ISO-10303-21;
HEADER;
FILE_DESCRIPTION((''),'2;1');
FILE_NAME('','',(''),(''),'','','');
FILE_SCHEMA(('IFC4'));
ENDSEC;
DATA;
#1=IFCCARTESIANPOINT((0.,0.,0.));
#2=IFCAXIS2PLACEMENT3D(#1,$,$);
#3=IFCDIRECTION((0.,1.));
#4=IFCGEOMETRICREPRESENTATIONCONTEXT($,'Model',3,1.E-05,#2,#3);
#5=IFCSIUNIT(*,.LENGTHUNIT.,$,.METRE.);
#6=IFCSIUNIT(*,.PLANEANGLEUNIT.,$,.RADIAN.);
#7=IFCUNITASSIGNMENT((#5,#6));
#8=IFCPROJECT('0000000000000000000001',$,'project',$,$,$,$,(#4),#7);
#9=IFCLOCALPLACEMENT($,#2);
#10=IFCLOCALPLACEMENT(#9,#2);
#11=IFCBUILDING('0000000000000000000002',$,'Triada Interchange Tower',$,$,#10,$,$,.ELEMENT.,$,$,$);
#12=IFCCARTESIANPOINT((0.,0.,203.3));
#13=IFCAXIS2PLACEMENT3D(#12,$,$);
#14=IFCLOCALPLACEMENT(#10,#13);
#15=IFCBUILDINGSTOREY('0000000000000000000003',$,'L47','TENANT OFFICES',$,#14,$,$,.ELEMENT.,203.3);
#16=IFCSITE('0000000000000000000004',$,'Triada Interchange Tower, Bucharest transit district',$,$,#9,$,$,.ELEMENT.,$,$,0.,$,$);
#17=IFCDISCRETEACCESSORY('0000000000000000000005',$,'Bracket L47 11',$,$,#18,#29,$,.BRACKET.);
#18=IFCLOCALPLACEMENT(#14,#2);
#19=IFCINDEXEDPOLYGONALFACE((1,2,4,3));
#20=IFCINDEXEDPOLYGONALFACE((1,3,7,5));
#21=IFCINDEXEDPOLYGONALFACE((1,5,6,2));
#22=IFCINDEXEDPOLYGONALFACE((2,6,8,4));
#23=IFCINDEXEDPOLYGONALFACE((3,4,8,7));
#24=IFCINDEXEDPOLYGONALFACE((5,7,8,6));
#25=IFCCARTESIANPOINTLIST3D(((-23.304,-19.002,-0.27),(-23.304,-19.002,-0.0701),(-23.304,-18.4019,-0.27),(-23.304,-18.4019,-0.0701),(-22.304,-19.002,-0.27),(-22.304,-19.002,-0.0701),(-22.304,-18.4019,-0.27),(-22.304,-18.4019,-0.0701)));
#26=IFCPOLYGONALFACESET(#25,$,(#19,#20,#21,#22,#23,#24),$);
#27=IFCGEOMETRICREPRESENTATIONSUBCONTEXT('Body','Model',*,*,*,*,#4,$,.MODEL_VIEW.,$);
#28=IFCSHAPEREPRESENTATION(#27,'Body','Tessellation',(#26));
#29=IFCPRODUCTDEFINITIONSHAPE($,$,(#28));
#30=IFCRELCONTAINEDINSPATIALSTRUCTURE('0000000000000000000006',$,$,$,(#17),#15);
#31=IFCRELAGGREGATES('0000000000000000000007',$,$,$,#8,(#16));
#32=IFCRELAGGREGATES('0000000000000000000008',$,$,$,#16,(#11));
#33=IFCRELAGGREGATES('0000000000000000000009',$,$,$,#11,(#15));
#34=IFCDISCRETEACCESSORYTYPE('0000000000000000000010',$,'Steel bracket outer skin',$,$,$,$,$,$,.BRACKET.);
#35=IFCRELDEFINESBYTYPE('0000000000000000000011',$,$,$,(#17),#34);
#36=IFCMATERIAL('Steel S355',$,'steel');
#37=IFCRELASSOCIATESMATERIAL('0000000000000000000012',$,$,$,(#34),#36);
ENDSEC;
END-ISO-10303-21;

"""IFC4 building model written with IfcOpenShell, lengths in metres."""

from ifc_helpers import new_model, si_unit, direction, frame, origin, origin_2d, place, context, subcontext, project, spatial, rectangle, extrude, material, type_object, element, save


model = new_model("IFC4")

# Units and contexts
model_context = context("Model", 3, precision=1e-05, world=origin(), true_north=direction((0.0, 1.0)))
body_context = subcontext(model_context, "Body", "Model", "MODEL_VIEW")
ifc_project = project(units=[si_unit("LENGTHUNIT", "METRE"), si_unit("PLANEANGLEUNIT", "RADIAN")], contexts=[model_context])

# Site, building, storey
site_placement = place(None, origin())
site = spatial("IfcSite", under=ifc_project, at=site_placement, Name="Triada Interchange Tower, Bucharest transit district", CompositionType="ELEMENT", RefElevation=0.0)
building_placement = place(site_placement, origin())
building = spatial("IfcBuilding", under=site, at=building_placement, Name="Triada Interchange Tower", CompositionType="ELEMENT")
storey_placement = place(building_placement, frame((0.0, 0.0, 203.3)))
storey = spatial("IfcBuildingStorey", under=building, at=storey_placement, Name="L47", Description="TENANT OFFICES", CompositionType="ELEMENT", Elevation=203.3)

# Discrete accessory
ifc_material_1 = material(Name="Steel S355", Category="steel")
discrete_accessory_type = type_object("IfcDiscreteAccessoryType", Name="Steel bracket outer skin", PredefinedType="BRACKET", material=ifc_material_1)
for number, where, z_axis, x_axis, name in (
    (1, (-22.804, -18.7019, -0.27), (0.0, 0.0, 1.0), (0.0, -1.0, 0.0), "Bracket L47 11"),
):
    element("IfcDiscreteAccessory", number, at=place(storey_placement, frame(where, z_axis=z_axis, x_axis=x_axis)), inside=storey, type_object=discrete_accessory_type, Name=name, PredefinedType="BRACKET", context=body_context, shape_type="SweptSolid", body=[
        extrude(rectangle(XDim=0.6001, YDim=1.0, at=origin_2d()), origin(), (0.0, 0.0, 1.0), 0.2),
    ])

save(model, "model.ifc")
